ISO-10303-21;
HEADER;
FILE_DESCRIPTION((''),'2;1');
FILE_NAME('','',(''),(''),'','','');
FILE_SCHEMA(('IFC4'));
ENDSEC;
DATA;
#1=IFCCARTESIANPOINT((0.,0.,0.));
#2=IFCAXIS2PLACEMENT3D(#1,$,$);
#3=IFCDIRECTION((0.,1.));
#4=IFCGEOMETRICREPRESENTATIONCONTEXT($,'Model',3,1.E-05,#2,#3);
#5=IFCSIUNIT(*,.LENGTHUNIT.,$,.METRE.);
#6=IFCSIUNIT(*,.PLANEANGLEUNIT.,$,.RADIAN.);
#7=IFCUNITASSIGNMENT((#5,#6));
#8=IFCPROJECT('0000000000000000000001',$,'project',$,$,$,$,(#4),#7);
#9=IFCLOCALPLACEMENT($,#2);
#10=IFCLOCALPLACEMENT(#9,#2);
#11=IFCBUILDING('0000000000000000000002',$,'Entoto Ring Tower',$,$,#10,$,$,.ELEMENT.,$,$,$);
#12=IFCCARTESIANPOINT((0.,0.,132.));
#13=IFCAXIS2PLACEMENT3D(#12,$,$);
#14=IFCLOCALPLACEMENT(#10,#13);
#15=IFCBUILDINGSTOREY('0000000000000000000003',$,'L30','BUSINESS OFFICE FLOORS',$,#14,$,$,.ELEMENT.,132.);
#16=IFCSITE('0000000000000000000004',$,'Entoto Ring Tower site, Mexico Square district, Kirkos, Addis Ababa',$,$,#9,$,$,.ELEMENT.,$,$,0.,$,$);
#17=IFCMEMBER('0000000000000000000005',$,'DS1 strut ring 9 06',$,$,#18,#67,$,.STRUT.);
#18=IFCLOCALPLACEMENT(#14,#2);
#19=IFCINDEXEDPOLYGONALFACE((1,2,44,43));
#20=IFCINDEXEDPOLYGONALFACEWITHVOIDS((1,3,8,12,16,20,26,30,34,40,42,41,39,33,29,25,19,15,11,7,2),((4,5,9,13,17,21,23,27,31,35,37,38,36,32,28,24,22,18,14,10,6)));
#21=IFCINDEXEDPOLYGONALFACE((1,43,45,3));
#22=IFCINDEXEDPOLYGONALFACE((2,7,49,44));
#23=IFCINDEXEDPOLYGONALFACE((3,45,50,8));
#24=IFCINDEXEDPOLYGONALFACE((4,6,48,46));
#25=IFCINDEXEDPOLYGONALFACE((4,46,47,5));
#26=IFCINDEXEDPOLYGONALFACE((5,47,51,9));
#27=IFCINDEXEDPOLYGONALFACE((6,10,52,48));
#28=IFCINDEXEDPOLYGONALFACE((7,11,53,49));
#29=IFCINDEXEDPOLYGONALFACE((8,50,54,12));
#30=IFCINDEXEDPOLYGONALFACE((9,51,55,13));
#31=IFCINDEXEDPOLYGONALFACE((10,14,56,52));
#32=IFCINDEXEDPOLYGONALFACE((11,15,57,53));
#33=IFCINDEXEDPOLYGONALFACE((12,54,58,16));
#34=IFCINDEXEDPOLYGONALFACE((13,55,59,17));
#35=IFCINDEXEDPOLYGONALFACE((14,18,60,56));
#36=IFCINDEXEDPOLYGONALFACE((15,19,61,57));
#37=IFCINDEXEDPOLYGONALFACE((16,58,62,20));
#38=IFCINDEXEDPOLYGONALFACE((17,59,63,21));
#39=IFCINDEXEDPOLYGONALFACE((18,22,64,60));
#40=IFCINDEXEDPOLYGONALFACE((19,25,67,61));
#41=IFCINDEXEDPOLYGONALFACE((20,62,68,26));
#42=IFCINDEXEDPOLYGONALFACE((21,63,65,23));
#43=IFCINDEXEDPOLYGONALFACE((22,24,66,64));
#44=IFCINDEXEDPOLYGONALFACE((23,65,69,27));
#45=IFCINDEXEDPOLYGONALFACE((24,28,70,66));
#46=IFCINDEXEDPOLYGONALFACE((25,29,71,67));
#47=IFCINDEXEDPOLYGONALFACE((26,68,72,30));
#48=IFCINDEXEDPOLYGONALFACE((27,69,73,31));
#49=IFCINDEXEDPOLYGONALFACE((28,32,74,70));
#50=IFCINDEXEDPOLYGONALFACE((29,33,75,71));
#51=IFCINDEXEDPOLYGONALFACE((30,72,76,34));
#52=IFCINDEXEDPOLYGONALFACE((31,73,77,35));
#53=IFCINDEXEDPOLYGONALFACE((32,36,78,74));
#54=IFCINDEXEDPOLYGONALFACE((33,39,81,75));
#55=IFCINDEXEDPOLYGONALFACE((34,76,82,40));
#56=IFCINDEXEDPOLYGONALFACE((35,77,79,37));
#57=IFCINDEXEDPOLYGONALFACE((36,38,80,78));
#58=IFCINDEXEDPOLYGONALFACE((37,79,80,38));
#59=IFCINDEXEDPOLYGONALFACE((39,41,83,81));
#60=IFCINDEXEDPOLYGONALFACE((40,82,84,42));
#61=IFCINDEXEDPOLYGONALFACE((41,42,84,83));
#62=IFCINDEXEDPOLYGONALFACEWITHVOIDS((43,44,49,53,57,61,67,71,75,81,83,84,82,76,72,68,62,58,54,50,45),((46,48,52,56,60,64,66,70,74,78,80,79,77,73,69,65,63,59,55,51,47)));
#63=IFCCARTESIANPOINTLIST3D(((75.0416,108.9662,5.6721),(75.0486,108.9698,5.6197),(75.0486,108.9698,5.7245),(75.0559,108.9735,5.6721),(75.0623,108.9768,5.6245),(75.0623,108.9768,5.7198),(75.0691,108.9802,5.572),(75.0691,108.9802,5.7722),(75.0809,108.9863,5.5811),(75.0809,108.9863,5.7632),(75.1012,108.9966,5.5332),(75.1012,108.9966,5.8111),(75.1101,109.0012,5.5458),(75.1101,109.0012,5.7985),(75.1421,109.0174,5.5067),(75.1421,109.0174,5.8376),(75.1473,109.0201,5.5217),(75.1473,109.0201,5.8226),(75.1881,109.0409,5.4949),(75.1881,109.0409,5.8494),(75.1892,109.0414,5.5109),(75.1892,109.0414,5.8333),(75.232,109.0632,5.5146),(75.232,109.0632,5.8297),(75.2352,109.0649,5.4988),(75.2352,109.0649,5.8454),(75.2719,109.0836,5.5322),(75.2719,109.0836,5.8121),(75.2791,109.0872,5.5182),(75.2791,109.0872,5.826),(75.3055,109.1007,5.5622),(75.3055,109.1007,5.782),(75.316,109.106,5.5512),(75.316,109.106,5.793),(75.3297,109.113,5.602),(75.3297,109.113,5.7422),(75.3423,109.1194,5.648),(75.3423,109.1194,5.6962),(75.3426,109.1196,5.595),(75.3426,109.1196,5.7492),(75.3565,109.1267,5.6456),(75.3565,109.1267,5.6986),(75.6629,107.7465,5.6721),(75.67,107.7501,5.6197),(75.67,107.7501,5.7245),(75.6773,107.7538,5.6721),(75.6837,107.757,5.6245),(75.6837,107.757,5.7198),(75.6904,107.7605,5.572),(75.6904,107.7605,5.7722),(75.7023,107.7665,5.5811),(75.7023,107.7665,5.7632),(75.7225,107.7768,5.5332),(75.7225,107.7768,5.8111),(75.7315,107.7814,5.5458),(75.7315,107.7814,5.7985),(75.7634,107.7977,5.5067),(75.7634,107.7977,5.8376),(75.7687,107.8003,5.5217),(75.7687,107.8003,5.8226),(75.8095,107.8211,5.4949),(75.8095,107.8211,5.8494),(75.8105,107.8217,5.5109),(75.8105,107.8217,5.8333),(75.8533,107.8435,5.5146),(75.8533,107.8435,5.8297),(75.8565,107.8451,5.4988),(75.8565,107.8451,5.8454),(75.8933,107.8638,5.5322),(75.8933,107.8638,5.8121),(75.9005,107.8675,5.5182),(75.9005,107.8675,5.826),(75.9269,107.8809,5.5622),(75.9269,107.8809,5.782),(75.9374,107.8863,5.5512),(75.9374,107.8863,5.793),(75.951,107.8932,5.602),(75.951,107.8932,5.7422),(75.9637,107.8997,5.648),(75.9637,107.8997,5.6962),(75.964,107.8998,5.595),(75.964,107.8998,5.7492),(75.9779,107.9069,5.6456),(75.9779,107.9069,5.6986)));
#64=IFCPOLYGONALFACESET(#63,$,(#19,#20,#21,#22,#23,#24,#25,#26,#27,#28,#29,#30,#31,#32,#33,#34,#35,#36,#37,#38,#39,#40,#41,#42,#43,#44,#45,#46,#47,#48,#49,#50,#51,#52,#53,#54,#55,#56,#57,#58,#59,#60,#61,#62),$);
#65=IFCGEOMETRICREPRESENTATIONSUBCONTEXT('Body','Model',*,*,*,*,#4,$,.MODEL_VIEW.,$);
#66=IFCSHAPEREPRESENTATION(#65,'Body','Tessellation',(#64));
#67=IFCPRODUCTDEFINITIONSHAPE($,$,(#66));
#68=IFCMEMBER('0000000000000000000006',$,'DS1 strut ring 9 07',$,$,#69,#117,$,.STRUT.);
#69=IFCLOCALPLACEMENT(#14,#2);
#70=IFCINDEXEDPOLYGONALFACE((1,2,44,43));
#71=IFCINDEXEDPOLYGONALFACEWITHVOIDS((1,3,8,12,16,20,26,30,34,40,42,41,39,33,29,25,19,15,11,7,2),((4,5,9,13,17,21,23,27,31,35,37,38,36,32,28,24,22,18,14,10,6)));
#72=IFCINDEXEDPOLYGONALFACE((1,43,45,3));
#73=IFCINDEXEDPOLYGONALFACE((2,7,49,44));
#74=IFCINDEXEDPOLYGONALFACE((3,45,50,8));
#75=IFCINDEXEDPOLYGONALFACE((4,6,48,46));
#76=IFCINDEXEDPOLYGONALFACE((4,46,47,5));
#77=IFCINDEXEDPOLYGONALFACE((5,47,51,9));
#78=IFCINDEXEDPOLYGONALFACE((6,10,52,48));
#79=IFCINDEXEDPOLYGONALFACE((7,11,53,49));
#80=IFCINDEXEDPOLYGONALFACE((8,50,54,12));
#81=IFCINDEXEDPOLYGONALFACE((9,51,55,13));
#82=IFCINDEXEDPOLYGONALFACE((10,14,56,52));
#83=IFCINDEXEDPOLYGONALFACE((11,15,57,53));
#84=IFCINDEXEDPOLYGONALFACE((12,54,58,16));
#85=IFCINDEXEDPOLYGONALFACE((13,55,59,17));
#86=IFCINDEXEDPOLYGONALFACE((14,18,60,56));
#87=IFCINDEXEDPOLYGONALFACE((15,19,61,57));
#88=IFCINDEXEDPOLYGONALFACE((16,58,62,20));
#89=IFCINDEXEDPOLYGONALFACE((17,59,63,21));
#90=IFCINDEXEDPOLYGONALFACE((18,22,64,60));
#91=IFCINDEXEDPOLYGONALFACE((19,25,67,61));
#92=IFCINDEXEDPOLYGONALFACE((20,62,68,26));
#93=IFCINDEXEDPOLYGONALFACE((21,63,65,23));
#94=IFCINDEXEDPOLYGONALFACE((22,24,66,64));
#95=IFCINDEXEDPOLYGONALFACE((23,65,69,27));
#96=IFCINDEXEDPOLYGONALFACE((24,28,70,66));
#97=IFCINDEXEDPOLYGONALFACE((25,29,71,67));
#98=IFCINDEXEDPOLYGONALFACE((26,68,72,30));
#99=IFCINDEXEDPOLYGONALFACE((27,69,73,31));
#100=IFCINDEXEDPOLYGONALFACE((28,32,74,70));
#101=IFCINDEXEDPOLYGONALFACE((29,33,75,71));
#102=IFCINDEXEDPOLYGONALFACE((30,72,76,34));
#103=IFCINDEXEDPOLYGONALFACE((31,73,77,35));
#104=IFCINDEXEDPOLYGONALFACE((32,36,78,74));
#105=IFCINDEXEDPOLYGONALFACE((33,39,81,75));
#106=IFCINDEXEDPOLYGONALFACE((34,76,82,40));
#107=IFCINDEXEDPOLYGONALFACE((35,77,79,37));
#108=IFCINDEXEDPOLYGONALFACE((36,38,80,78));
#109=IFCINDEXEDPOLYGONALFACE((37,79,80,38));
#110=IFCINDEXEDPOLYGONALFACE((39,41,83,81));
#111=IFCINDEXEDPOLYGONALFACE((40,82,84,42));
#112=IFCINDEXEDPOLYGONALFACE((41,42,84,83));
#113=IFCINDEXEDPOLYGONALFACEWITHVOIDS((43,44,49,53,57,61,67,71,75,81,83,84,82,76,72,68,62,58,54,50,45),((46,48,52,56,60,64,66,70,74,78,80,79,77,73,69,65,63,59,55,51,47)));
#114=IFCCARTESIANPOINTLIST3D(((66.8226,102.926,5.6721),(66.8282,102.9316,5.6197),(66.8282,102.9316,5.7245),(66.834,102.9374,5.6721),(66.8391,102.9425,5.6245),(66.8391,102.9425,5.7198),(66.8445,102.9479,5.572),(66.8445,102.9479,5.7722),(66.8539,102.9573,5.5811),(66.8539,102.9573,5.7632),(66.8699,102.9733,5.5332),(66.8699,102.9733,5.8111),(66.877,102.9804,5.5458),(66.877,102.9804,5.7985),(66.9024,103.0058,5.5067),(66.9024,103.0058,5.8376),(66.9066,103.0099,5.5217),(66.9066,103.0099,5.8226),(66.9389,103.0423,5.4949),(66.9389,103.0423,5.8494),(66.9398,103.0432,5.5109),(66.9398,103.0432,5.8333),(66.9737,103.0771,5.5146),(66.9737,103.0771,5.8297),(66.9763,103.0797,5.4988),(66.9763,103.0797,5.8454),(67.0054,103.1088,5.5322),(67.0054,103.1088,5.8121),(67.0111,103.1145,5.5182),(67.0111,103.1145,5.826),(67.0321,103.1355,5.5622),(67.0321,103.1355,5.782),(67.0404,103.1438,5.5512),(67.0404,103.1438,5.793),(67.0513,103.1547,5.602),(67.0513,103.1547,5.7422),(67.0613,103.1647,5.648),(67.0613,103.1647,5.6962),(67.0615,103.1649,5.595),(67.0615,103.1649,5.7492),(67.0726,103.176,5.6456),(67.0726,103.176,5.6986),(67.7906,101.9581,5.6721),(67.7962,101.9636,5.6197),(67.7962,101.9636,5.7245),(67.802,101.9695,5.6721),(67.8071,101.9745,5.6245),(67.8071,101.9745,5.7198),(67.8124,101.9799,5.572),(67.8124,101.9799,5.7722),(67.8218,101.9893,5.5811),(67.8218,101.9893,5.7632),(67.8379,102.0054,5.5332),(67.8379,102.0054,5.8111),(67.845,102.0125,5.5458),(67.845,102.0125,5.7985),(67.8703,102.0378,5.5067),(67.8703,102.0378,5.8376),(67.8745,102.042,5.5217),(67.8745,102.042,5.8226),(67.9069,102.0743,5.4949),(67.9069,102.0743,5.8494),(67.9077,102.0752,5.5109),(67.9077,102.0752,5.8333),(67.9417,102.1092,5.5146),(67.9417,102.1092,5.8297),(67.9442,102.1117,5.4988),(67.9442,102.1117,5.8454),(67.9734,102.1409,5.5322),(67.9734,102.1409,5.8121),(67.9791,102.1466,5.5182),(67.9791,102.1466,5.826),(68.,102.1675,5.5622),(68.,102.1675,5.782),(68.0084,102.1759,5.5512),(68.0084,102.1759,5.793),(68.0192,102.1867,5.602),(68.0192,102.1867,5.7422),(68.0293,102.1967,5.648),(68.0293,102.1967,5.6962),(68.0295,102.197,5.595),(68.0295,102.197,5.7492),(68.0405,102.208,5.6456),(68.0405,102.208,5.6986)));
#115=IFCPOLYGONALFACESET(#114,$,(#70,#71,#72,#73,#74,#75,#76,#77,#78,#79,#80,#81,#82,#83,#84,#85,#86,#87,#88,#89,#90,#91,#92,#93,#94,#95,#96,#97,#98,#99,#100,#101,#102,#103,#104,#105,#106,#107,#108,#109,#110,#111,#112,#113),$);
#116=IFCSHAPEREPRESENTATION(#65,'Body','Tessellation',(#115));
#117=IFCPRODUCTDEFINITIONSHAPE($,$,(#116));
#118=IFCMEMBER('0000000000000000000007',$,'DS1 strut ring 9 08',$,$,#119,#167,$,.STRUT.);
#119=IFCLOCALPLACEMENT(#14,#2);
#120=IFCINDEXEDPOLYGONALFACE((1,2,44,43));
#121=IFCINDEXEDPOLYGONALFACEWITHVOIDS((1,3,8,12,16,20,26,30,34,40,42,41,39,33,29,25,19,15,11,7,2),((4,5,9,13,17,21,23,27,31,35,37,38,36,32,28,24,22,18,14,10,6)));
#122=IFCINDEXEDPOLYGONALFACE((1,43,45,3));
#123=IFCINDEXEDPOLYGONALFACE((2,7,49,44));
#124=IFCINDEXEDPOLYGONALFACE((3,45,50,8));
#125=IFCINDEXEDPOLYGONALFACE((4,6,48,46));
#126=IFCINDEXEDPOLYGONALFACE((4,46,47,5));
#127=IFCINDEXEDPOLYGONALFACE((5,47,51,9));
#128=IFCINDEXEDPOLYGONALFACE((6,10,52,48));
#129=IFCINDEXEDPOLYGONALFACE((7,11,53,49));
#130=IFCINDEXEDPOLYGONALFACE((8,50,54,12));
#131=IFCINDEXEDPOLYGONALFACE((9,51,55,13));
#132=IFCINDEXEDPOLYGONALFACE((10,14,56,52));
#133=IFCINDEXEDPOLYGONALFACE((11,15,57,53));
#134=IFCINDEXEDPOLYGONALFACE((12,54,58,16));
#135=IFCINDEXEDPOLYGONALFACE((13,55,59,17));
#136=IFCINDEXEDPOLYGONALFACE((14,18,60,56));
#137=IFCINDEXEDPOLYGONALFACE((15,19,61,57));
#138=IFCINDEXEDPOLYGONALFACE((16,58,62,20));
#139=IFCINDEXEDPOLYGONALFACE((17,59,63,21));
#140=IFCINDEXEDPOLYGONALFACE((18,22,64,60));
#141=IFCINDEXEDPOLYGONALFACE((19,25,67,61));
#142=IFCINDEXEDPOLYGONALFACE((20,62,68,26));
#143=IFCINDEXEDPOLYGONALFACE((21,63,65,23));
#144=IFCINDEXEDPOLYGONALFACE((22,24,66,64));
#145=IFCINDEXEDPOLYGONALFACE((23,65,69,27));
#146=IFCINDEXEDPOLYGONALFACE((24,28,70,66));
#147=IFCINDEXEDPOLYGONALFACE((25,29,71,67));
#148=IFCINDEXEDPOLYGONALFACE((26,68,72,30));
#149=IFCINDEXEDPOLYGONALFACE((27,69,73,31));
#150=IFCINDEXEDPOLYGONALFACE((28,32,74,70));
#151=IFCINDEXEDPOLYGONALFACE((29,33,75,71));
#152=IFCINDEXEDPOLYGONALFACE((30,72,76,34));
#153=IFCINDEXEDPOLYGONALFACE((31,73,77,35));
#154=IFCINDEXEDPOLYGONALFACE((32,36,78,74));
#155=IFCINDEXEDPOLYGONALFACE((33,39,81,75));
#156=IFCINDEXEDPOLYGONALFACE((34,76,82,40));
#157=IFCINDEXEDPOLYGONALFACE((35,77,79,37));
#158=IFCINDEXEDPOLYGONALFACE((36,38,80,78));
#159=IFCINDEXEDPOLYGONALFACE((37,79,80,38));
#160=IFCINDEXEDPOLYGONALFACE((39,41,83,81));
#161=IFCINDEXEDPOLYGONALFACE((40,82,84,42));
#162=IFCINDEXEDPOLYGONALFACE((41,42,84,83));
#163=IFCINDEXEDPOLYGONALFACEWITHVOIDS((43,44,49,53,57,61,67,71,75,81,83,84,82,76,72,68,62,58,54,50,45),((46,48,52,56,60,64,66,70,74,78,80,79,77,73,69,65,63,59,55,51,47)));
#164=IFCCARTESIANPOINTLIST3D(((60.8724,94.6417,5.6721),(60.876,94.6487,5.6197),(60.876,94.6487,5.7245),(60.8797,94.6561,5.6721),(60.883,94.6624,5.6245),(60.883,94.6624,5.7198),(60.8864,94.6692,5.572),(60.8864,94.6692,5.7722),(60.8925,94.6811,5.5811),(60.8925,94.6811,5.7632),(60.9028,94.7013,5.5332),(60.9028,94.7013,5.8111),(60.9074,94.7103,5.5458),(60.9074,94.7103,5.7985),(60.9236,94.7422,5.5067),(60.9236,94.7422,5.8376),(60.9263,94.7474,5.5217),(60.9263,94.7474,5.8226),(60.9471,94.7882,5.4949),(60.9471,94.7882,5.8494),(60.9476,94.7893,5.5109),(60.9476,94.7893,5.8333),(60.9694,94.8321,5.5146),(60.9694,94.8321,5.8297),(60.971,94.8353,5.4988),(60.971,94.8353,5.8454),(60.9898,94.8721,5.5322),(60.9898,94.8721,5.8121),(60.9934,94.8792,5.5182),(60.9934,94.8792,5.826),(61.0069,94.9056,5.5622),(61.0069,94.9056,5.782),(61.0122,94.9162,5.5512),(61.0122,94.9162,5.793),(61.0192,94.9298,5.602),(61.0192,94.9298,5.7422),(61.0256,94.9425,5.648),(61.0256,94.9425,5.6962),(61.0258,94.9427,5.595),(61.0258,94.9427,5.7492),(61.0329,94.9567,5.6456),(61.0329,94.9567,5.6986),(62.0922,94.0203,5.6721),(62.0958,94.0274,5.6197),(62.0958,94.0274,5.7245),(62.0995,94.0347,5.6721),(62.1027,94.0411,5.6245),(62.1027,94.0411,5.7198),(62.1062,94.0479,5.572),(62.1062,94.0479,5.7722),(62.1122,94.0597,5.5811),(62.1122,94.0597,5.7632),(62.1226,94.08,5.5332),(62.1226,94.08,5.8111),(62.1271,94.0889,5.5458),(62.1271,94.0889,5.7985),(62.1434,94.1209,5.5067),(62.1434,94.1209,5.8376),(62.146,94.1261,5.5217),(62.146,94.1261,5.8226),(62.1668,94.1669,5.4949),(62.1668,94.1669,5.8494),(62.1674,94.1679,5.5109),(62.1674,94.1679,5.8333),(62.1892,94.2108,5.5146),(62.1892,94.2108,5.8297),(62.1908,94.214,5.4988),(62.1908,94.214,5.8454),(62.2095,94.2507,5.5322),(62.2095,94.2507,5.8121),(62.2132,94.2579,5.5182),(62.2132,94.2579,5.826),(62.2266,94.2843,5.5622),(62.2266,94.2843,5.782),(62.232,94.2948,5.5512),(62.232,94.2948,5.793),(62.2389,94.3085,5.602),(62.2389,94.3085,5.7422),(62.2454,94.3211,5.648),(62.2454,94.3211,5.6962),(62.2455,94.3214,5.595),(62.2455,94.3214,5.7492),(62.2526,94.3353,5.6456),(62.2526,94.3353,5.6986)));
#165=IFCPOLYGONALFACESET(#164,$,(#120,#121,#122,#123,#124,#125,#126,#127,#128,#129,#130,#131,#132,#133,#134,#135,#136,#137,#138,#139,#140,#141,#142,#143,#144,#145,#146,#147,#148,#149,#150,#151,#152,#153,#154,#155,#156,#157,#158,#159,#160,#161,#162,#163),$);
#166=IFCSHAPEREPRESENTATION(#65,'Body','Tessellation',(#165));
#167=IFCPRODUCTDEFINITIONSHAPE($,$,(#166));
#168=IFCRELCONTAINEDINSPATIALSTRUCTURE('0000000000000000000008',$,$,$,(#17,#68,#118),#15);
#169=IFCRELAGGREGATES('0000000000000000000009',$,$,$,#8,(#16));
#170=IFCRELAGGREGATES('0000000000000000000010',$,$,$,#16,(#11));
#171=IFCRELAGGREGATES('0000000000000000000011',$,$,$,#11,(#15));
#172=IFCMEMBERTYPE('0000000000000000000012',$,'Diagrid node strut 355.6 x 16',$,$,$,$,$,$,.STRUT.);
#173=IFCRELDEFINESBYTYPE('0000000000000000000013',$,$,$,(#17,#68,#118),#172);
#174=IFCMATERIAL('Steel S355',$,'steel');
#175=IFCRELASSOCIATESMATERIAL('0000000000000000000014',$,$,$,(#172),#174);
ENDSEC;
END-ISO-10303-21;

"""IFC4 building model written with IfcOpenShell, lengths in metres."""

from ifc_helpers import new_model, si_unit, direction, frame, origin, origin_2d, place, context, subcontext, project, spatial, circle, hollow_circle, extrude, material, material_profile, profile_set, type_object, element, save


model = new_model("IFC4")

# Units and contexts
model_context = context("Model", 3, precision=1e-05, world=origin(), true_north=direction((0.0, 1.0)))
body_context = subcontext(model_context, "Body", "Model", "MODEL_VIEW")
ifc_project = project(units=[si_unit("LENGTHUNIT", "METRE"), si_unit("PLANEANGLEUNIT", "RADIAN")], contexts=[model_context])

# Site, building, storey
site_placement = place(None, origin())
site = spatial("IfcSite", under=ifc_project, at=site_placement, Name="Entoto Ring Tower site, Mexico Square district, Kirkos, Addis Ababa", CompositionType="ELEMENT", RefElevation=0.0)
building_placement = place(site_placement, origin())
building = spatial("IfcBuilding", under=site, at=building_placement, Name="Entoto Ring Tower", CompositionType="ELEMENT")
storey_placement = place(building_placement, frame((0.0, 0.0, 132.0)))
storey = spatial("IfcBuildingStorey", under=building, at=storey_placement, Name="L30", Description="BUSINESS OFFICE FLOORS", CompositionType="ELEMENT", Elevation=132.0)

# Members
ifc_material_1 = material(Name="Steel S355", Category="steel")
ifc_material_profile_1 = material_profile(ifc_material_1, hollow_circle(Radius=0.1777, WallThickness=0.0161, at=origin_2d()), Name="CHS 355.6 x 16")
ifc_material_2 = material(Name="Concrete C60/75", Category="concrete")
ifc_material_profile_2 = material_profile(ifc_material_2, circle(Radius=0.1619, at=origin_2d()), Name="Concrete C60/75 infill")
ifc_profile_set_1 = profile_set([ifc_material_profile_1, ifc_material_profile_2], Name="Steel S355")
member_type_1 = type_object("IfcMemberType", Name="Diagrid node strut 355.6 x 16", PredefinedType="STRUT", material=ifc_profile_set_1)
for number, where, z_axis, x_axis, name in (
    (1, (75.8213, 107.8271, 5.6721), (-0.453907, 0.891049, 0.0), (-0.891049, -0.453907, 0.0), "DS1 strut ring 9 06"),
    (2, (67.9163, 102.0837, 5.6721), (-0.707107, 0.707107, 0.0), (-0.707107, -0.707107, 0.0), "DS1 strut ring 9 07"),
    (3, (62.1729, 94.1787, 5.6721), (-0.891049, 0.453907, 0.0), (-0.453907, -0.891049, 0.0), "DS1 strut ring 9 08"),
):
    element("IfcMember", number, at=place(storey_placement, frame(where, z_axis=z_axis, x_axis=x_axis)), inside=storey, type_object=member_type_1, Name=name, PredefinedType="STRUT", context=body_context, shape_type="SweptSolid", body=[
        extrude(hollow_circle(Radius=0.1777, WallThickness=0.0161, at=origin_2d()), origin(), (0.0, 0.0, 1.0), 1.3689),
    ])

save(model, "model.ifc")
